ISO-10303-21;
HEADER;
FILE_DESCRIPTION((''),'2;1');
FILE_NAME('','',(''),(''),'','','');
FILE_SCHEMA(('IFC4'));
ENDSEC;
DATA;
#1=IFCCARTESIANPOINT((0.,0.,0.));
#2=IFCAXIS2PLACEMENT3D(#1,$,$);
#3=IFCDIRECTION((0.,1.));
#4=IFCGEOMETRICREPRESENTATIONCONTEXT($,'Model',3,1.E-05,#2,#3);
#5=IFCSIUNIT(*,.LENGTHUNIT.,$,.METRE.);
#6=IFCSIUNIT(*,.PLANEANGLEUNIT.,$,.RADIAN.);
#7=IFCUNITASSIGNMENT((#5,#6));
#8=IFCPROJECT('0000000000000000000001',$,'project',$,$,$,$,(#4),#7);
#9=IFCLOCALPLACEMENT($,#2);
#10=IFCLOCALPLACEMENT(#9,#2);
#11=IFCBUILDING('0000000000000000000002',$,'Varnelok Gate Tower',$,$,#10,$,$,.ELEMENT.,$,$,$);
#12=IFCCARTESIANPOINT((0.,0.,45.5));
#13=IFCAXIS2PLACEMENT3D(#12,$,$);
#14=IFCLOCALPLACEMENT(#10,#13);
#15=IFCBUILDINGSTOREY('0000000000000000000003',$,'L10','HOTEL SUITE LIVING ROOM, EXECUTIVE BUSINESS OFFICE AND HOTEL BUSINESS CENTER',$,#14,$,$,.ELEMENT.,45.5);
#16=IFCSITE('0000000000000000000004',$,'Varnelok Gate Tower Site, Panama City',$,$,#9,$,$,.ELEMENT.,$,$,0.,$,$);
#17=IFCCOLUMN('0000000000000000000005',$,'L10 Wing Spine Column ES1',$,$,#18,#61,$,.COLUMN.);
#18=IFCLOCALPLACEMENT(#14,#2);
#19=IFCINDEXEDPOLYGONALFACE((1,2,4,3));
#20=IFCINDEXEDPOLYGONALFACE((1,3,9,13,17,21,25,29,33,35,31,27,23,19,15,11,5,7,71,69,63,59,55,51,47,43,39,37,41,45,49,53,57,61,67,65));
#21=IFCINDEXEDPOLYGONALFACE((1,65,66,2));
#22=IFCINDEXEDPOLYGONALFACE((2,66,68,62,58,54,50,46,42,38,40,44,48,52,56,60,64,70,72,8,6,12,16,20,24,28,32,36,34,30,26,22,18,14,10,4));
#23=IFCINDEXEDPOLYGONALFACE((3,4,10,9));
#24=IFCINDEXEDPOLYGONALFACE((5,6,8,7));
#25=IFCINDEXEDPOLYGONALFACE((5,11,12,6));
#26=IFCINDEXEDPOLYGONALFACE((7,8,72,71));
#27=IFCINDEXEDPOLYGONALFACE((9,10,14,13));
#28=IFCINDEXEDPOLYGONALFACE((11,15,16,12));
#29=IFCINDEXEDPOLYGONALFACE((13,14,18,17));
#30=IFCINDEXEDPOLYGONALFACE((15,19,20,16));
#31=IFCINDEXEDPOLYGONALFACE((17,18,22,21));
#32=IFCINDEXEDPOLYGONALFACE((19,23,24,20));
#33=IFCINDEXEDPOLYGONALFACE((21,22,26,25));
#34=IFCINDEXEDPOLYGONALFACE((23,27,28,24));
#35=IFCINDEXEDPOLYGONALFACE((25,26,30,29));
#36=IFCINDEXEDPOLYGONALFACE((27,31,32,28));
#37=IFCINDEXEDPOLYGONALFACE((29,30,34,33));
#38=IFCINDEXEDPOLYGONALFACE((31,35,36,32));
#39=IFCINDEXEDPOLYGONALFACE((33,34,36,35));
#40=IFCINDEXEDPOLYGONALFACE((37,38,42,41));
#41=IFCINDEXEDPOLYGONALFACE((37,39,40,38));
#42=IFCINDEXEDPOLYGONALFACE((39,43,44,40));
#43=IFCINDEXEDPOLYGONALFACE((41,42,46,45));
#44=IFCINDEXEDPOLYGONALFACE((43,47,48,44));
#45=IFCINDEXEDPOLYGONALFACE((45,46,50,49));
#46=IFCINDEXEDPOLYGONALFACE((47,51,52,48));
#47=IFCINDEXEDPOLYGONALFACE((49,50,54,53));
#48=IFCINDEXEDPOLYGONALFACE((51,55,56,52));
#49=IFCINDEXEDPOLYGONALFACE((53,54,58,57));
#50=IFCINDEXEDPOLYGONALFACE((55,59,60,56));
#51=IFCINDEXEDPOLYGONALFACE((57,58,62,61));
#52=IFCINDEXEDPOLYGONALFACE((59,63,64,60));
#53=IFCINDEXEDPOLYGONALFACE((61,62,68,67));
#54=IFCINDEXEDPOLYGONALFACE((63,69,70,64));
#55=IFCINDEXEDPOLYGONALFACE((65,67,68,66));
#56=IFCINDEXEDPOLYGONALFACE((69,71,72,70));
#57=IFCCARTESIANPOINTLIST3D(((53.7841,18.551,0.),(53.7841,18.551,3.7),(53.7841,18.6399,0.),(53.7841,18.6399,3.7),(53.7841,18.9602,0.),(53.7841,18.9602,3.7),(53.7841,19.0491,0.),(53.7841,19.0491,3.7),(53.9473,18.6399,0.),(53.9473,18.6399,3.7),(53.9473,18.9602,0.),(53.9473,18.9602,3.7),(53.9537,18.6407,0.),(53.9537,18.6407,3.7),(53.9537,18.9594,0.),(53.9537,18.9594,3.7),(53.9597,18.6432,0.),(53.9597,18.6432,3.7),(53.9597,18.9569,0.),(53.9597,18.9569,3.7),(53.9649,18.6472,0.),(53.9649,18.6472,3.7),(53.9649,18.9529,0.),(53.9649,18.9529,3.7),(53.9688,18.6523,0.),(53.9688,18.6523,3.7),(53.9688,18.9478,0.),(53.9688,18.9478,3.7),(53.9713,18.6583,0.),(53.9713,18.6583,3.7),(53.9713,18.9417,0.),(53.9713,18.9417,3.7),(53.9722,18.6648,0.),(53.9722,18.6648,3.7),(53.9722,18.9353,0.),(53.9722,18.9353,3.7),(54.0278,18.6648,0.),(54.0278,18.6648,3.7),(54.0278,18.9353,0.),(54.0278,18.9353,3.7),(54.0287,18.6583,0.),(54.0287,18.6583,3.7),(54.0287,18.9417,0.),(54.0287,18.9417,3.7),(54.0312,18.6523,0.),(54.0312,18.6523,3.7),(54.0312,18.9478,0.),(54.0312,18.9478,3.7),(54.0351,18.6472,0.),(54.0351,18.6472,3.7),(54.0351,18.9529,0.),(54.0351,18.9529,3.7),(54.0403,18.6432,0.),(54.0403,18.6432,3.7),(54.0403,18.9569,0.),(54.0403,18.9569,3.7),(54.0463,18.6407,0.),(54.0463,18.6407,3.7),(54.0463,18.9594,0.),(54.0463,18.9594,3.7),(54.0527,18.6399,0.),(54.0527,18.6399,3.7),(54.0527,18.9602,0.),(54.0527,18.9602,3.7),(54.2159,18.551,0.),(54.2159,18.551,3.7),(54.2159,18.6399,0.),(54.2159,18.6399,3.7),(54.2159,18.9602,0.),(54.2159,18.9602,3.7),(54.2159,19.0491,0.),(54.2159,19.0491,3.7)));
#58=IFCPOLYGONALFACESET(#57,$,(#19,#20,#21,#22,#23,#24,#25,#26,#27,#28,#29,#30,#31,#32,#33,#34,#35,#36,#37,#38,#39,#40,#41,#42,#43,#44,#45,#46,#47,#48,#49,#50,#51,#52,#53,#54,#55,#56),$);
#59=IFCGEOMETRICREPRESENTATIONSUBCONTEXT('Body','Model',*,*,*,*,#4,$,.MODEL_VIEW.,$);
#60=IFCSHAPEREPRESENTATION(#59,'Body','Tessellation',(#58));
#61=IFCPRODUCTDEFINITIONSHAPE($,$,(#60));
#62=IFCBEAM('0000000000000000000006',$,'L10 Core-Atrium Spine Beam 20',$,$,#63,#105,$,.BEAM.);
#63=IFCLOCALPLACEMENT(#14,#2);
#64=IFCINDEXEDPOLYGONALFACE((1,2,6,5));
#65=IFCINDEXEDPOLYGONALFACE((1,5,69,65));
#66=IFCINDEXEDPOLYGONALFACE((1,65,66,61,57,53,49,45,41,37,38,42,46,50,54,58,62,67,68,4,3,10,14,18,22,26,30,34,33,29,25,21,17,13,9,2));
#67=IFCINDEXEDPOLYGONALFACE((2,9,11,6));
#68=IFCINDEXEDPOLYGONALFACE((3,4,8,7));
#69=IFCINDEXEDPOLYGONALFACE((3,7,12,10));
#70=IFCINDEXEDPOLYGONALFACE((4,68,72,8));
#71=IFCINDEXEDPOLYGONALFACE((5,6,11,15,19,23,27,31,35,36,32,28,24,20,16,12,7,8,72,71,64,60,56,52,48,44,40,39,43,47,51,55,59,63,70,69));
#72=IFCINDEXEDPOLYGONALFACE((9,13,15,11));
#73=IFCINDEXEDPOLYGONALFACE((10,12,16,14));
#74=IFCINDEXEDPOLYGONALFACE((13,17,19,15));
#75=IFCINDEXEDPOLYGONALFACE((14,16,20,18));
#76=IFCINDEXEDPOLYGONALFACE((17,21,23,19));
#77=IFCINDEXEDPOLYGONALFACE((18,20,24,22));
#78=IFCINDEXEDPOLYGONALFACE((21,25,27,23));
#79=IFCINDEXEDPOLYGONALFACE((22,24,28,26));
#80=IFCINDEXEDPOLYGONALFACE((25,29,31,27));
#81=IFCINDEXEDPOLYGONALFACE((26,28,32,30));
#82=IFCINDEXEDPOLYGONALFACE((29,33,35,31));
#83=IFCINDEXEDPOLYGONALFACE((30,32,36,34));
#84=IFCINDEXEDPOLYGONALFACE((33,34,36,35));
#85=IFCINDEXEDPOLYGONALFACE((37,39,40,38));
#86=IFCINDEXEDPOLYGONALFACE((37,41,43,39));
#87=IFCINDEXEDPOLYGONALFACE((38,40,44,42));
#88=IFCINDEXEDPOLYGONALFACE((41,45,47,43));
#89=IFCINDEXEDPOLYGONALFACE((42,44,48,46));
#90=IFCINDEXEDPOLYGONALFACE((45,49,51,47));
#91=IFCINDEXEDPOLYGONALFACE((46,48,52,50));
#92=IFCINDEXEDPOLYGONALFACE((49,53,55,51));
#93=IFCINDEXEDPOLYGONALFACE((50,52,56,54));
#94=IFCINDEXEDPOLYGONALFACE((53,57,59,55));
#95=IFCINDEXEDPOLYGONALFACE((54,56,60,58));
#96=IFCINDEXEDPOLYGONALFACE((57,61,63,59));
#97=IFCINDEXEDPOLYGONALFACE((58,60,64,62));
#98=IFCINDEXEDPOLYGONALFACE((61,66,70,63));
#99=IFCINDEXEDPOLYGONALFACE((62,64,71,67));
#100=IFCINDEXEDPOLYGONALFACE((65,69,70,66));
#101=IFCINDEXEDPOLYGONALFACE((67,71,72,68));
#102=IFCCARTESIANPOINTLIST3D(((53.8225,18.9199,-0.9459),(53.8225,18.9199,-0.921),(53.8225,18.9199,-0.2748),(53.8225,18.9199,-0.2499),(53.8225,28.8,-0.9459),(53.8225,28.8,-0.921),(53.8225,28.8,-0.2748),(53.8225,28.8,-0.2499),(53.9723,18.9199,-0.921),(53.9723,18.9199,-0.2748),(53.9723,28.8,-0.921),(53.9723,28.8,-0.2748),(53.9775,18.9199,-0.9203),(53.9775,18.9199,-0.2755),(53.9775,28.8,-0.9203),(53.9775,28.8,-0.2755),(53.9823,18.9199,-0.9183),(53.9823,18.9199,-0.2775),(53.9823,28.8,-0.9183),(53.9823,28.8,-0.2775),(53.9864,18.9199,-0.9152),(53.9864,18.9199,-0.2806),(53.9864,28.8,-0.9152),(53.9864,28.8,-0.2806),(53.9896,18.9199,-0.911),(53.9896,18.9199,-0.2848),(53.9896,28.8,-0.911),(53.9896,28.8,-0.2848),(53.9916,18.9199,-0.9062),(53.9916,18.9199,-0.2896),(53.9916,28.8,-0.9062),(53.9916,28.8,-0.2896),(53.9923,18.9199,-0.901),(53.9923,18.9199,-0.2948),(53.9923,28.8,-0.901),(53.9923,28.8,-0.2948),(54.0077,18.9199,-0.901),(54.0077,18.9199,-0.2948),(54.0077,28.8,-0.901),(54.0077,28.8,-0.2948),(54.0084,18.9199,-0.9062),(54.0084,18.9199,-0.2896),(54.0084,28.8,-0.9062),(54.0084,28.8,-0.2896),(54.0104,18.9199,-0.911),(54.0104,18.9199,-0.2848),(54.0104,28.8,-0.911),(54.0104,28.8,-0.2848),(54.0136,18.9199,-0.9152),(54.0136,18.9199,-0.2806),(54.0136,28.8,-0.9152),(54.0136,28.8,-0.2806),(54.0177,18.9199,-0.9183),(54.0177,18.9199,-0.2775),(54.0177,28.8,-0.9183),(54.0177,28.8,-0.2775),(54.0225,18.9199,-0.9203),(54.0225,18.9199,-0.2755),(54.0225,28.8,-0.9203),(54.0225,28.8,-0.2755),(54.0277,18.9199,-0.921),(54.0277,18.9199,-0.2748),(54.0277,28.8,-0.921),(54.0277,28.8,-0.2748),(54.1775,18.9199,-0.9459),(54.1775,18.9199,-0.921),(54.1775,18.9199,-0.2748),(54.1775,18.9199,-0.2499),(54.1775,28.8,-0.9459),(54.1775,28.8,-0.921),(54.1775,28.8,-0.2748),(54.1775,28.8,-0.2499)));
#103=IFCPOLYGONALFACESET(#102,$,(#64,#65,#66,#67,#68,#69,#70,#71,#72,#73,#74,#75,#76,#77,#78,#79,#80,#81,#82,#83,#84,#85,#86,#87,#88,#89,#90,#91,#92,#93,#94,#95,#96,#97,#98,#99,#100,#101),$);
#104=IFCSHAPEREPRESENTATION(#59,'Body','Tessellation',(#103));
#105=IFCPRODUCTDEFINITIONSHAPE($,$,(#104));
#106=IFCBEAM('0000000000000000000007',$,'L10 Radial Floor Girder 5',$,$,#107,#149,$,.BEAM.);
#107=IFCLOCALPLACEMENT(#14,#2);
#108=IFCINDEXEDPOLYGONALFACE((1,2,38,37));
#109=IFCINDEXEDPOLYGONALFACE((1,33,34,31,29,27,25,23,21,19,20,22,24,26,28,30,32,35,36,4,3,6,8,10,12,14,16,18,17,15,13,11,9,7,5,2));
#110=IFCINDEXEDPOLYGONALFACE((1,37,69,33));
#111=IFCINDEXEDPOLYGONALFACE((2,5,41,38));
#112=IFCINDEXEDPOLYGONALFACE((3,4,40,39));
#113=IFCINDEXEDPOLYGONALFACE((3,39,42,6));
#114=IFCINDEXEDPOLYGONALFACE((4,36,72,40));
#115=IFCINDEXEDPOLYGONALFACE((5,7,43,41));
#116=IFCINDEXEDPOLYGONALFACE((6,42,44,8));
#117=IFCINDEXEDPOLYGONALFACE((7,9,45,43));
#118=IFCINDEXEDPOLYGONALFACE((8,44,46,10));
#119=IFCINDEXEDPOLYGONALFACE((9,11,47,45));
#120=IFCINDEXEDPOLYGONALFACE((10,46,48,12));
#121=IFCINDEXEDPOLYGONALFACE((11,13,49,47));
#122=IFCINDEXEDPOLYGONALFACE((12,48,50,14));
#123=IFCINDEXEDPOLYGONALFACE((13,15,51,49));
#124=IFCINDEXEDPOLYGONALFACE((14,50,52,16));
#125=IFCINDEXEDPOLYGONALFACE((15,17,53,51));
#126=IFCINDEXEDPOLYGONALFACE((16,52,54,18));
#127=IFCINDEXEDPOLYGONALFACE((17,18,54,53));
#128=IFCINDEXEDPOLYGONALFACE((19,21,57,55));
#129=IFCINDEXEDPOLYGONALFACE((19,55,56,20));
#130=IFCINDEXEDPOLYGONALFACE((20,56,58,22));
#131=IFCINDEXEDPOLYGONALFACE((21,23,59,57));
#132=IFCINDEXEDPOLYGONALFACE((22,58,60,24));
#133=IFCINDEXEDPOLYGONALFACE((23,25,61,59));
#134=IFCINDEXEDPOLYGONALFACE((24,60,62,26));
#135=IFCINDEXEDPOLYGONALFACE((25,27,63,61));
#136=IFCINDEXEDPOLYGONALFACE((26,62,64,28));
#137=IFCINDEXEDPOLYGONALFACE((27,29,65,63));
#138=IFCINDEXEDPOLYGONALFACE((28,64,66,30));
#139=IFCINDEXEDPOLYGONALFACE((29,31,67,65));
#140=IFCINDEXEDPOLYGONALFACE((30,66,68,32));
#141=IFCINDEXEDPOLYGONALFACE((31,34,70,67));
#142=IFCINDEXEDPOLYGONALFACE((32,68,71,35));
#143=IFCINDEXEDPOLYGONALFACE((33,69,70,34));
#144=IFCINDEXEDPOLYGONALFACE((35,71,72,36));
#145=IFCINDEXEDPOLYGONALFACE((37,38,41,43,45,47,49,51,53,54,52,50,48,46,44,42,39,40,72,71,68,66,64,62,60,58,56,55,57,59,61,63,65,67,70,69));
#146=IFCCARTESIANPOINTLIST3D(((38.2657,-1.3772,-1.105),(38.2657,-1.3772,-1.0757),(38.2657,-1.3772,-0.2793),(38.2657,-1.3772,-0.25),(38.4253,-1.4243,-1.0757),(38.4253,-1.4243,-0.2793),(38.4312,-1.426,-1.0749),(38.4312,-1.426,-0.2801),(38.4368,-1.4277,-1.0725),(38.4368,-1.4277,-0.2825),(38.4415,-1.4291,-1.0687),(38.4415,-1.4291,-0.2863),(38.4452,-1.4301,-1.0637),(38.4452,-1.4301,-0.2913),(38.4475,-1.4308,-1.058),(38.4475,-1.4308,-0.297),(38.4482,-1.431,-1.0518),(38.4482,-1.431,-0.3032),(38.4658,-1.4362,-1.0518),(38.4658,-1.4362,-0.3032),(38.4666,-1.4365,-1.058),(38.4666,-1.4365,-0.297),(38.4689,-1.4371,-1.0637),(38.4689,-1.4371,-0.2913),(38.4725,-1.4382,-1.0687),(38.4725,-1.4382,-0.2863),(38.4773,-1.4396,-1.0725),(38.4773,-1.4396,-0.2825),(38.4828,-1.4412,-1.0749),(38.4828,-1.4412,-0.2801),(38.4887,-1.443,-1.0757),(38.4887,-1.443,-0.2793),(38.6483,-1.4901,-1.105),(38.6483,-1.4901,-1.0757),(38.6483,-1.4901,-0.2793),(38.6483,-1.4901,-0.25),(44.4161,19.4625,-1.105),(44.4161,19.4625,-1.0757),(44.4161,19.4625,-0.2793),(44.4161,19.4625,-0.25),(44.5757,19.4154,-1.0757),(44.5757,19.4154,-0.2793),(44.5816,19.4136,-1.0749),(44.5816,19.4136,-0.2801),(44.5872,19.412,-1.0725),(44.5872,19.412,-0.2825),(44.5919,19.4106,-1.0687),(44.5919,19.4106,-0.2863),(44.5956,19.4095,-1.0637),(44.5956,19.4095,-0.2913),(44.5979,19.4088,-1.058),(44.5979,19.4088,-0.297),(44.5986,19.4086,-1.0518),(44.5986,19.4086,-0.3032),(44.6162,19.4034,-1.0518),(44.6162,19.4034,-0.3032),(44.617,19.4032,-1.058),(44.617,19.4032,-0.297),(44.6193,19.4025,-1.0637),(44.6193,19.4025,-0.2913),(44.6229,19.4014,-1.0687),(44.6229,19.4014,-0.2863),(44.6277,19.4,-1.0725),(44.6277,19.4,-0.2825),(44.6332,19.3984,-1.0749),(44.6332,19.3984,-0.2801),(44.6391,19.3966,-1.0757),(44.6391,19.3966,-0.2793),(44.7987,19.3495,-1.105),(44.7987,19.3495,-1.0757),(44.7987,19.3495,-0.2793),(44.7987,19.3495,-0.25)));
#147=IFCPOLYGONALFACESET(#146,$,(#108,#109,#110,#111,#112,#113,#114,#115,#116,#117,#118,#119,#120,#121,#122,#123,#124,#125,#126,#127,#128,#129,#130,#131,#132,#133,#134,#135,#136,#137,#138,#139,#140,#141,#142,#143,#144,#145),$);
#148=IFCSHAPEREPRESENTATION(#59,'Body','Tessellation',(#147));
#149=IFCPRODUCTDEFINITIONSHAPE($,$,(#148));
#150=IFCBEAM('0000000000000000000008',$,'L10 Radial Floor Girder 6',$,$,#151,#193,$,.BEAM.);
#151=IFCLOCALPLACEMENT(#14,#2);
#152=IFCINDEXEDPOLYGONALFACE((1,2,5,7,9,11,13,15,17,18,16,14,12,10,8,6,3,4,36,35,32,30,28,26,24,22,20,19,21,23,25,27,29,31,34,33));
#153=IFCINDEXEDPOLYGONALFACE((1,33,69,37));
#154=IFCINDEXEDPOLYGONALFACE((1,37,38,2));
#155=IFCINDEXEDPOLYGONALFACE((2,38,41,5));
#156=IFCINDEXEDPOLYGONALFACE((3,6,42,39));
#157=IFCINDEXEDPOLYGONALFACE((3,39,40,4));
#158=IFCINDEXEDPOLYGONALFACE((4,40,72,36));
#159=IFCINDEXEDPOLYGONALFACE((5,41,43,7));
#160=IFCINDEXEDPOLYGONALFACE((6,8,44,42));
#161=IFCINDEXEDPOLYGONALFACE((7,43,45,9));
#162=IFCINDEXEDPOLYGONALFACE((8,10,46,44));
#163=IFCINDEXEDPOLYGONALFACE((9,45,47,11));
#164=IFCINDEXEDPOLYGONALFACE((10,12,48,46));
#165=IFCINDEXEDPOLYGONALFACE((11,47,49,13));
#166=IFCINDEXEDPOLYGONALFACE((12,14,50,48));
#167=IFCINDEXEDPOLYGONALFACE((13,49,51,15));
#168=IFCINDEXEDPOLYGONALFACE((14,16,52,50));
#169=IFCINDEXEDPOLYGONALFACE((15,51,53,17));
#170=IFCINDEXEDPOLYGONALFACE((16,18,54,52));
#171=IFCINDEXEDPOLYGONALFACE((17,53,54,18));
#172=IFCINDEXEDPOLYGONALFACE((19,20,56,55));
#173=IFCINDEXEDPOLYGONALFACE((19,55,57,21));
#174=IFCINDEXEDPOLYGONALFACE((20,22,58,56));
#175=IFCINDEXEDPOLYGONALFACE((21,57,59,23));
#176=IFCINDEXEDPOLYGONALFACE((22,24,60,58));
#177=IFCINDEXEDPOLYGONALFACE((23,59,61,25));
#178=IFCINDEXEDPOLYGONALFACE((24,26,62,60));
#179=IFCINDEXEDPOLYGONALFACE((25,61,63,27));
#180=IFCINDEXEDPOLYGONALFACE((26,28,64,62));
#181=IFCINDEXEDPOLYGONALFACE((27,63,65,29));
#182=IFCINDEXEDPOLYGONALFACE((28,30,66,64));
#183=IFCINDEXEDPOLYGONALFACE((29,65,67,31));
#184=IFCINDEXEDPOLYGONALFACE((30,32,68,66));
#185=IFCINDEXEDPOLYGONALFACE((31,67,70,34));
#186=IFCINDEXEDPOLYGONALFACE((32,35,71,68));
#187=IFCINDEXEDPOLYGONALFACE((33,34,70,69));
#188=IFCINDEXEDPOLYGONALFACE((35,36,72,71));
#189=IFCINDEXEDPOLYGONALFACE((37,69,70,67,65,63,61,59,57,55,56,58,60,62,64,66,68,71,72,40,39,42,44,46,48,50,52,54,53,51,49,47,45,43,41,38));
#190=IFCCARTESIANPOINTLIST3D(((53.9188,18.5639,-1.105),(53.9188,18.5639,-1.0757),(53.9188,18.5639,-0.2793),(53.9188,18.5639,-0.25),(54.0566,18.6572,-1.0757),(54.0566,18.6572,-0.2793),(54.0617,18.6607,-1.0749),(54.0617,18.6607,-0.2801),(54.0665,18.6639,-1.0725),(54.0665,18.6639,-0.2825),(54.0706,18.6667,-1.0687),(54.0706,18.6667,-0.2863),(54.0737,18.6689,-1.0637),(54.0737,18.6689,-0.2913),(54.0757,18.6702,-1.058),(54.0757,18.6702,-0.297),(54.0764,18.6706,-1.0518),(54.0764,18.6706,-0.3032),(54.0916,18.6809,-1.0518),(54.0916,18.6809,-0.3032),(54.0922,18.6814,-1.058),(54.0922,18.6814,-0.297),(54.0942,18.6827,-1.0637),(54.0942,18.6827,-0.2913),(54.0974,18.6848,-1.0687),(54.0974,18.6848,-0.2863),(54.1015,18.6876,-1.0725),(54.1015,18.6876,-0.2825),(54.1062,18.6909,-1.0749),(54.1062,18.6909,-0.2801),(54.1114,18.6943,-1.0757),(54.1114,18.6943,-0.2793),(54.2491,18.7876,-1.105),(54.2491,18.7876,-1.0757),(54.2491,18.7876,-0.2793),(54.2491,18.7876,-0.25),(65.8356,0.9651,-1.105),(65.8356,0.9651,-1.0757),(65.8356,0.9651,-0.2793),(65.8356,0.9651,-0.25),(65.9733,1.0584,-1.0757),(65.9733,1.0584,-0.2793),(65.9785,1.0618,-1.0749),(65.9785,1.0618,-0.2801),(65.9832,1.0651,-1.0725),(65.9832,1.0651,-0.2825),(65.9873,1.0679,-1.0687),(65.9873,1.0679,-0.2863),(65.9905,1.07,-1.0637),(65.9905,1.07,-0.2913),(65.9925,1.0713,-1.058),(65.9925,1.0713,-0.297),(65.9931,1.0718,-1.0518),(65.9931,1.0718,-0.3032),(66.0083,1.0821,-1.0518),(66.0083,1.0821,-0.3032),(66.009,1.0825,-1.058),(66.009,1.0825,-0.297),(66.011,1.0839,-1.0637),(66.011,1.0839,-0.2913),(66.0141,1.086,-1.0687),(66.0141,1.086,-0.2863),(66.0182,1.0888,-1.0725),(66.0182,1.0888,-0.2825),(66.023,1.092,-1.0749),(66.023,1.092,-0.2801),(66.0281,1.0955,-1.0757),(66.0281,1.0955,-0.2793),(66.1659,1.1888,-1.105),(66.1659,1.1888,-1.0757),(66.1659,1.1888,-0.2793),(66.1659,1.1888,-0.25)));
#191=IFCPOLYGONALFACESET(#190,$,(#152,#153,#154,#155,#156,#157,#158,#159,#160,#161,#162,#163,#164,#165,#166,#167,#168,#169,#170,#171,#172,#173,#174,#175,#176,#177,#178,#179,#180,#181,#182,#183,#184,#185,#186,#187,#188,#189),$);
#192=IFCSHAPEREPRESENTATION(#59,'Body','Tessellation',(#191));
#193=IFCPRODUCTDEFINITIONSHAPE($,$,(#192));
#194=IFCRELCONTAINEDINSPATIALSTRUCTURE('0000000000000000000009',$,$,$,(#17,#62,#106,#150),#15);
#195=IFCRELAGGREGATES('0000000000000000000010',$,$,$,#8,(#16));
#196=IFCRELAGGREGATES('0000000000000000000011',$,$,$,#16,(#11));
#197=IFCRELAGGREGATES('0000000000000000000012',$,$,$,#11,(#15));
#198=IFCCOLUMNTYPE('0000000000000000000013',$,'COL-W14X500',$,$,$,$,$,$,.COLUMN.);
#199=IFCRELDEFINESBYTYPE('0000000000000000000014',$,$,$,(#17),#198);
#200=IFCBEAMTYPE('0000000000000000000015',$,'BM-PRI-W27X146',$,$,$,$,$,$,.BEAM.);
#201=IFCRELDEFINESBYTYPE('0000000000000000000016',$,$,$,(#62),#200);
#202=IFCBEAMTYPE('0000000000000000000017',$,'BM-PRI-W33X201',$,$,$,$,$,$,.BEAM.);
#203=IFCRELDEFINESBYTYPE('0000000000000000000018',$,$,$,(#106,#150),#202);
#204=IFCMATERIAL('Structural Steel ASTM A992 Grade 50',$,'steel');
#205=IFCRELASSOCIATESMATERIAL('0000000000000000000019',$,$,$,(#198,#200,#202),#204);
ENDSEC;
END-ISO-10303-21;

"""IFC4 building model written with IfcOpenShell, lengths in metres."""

from ifc_helpers import new_model, si_unit, direction, frame, origin, origin_2d, place, context, subcontext, project, spatial, i_section, extrude, material, material_profile, profile_set, type_object, element, save


model = new_model("IFC4")

# Units and contexts
model_context = context("Model", 3, precision=1e-05, world=origin(), true_north=direction((0.0, 1.0)))
body_context = subcontext(model_context, "Body", "Model", "MODEL_VIEW")
ifc_project = project(units=[si_unit("LENGTHUNIT", "METRE"), si_unit("PLANEANGLEUNIT", "RADIAN")], contexts=[model_context])

# Site, building, storey
site_placement = place(None, origin())
site = spatial("IfcSite", under=ifc_project, at=site_placement, Name="Varnelok Gate Tower Site, Panama City", CompositionType="ELEMENT", RefElevation=0.0)
building_placement = place(site_placement, origin())
building = spatial("IfcBuilding", under=site, at=building_placement, Name="Varnelok Gate Tower", CompositionType="ELEMENT")
storey_placement = place(building_placement, frame((0.0, 0.0, 45.5)))
storey = spatial("IfcBuildingStorey", under=building, at=storey_placement, Name="L10", Description="HOTEL SUITE LIVING ROOM, EXECUTIVE BUSINESS OFFICE AND HOTEL BUSINESS CENTER", CompositionType="ELEMENT", Elevation=45.5)

# Column
ifc_material_1 = material(Name="Structural Steel ASTM A992 Grade 50", Category="steel")
ifc_material_profile_1 = material_profile(ifc_material_1, i_section(OverallWidth=0.4319, OverallDepth=0.498, WebThickness=0.0557, FlangeThickness=0.0889, FilletRadius=0.0249, at=origin_2d()), Name="W14X500")
ifc_profile_set_1 = profile_set([ifc_material_profile_1], Name="Structural Steel ASTM A992 Grade 50")
column_type = type_object("IfcColumnType", Name="COL-W14X500", PredefinedType="COLUMN", material=ifc_profile_set_1)
column_placement = place(storey_placement, frame((54.0, 18.8, 0.0), z_axis=(0.0, 0.0, 1.0), x_axis=(1.0, 0.0, 0.0)))
element("IfcColumn", 1, at=column_placement, inside=storey, type_object=column_type, Name="L10 Wing Spine Column ES1", PredefinedType="COLUMN", context=body_context, shape_type="SweptSolid", body=[
    extrude(i_section(OverallWidth=0.4319, OverallDepth=0.498, WebThickness=0.0557, FlangeThickness=0.0889, FilletRadius=0.0249, at=origin_2d()), origin(), (0.0, 0.0, 1.0), 3.7),
])

# Beams
ifc_material_profile_2 = material_profile(ifc_material_1, i_section(OverallWidth=0.355, OverallDepth=0.696, WebThickness=0.0154, FlangeThickness=0.0249, FilletRadius=0.02, at=origin_2d()), Name="W27X146")
ifc_profile_set_2 = profile_set([ifc_material_profile_2], Name="Structural Steel ASTM A992 Grade 50")
beam_type_1 = type_object("IfcBeamType", Name="BM-PRI-W27X146", PredefinedType="BEAM", material=ifc_profile_set_2)
beam_1_placement = place(storey_placement, frame((54.0, 18.9199, -0.5979), z_axis=(0.0, 1.0, 0.0), x_axis=(-1.0, 0.0, 0.0)))
element("IfcBeam", 2, at=beam_1_placement, inside=storey, type_object=beam_type_1, Name="L10 Core-Atrium Spine Beam 20", PredefinedType="BEAM", context=body_context, shape_type="SweptSolid", body=[
    extrude(i_section(OverallWidth=0.355, OverallDepth=0.696, WebThickness=0.0154, FlangeThickness=0.0249, FilletRadius=0.02, at=origin_2d()), origin(), (0.0, 0.0, 1.0), 9.8801),
])
ifc_material_profile_3 = material_profile(ifc_material_1, i_section(OverallWidth=0.3989, OverallDepth=0.855, WebThickness=0.0183, FlangeThickness=0.0293, FilletRadius=0.0239, at=origin_2d()), Name="W33X201")
ifc_profile_set_3 = profile_set([ifc_material_profile_3], Name="Structural Steel ASTM A992 Grade 50")
beam_type_2 = type_object("IfcBeamType", Name="BM-PRI-W33X201", PredefinedType="BEAM", material=ifc_profile_set_3)
beam_2_placement = place(storey_placement, frame((44.6074, 19.406, -0.6775), z_axis=(-0.28306, -0.959102, 0.0), x_axis=(0.959102, -0.28306, 0.0)))
element("IfcBeam", 3, at=beam_2_placement, inside=storey, type_object=beam_type_2, Name="L10 Radial Floor Girder 5", PredefinedType="BEAM", context=body_context, shape_type="SweptSolid", body=[
    extrude(i_section(OverallWidth=0.3989, OverallDepth=0.855, WebThickness=0.0183, FlangeThickness=0.0293, FilletRadius=0.0239, at=origin_2d()), origin(), (0.0, 0.0, 1.0), 21.7283),
])
beam_3_placement = place(storey_placement, frame((54.084, 18.6758, -0.6775), z_axis=(0.560685, -0.828029, 0.0), x_axis=(0.828029, 0.560685, 0.0)))
element("IfcBeam", 4, at=beam_3_placement, inside=storey, type_object=beam_type_2, Name="L10 Radial Floor Girder 6", PredefinedType="BEAM", context=body_context, shape_type="SweptSolid", body=[
    extrude(i_section(OverallWidth=0.3989, OverallDepth=0.855, WebThickness=0.0183, FlangeThickness=0.0293, FilletRadius=0.0239, at=origin_2d()), origin(), (0.0, 0.0, 1.0), 21.2539),
])

save(model, "model.ifc")
